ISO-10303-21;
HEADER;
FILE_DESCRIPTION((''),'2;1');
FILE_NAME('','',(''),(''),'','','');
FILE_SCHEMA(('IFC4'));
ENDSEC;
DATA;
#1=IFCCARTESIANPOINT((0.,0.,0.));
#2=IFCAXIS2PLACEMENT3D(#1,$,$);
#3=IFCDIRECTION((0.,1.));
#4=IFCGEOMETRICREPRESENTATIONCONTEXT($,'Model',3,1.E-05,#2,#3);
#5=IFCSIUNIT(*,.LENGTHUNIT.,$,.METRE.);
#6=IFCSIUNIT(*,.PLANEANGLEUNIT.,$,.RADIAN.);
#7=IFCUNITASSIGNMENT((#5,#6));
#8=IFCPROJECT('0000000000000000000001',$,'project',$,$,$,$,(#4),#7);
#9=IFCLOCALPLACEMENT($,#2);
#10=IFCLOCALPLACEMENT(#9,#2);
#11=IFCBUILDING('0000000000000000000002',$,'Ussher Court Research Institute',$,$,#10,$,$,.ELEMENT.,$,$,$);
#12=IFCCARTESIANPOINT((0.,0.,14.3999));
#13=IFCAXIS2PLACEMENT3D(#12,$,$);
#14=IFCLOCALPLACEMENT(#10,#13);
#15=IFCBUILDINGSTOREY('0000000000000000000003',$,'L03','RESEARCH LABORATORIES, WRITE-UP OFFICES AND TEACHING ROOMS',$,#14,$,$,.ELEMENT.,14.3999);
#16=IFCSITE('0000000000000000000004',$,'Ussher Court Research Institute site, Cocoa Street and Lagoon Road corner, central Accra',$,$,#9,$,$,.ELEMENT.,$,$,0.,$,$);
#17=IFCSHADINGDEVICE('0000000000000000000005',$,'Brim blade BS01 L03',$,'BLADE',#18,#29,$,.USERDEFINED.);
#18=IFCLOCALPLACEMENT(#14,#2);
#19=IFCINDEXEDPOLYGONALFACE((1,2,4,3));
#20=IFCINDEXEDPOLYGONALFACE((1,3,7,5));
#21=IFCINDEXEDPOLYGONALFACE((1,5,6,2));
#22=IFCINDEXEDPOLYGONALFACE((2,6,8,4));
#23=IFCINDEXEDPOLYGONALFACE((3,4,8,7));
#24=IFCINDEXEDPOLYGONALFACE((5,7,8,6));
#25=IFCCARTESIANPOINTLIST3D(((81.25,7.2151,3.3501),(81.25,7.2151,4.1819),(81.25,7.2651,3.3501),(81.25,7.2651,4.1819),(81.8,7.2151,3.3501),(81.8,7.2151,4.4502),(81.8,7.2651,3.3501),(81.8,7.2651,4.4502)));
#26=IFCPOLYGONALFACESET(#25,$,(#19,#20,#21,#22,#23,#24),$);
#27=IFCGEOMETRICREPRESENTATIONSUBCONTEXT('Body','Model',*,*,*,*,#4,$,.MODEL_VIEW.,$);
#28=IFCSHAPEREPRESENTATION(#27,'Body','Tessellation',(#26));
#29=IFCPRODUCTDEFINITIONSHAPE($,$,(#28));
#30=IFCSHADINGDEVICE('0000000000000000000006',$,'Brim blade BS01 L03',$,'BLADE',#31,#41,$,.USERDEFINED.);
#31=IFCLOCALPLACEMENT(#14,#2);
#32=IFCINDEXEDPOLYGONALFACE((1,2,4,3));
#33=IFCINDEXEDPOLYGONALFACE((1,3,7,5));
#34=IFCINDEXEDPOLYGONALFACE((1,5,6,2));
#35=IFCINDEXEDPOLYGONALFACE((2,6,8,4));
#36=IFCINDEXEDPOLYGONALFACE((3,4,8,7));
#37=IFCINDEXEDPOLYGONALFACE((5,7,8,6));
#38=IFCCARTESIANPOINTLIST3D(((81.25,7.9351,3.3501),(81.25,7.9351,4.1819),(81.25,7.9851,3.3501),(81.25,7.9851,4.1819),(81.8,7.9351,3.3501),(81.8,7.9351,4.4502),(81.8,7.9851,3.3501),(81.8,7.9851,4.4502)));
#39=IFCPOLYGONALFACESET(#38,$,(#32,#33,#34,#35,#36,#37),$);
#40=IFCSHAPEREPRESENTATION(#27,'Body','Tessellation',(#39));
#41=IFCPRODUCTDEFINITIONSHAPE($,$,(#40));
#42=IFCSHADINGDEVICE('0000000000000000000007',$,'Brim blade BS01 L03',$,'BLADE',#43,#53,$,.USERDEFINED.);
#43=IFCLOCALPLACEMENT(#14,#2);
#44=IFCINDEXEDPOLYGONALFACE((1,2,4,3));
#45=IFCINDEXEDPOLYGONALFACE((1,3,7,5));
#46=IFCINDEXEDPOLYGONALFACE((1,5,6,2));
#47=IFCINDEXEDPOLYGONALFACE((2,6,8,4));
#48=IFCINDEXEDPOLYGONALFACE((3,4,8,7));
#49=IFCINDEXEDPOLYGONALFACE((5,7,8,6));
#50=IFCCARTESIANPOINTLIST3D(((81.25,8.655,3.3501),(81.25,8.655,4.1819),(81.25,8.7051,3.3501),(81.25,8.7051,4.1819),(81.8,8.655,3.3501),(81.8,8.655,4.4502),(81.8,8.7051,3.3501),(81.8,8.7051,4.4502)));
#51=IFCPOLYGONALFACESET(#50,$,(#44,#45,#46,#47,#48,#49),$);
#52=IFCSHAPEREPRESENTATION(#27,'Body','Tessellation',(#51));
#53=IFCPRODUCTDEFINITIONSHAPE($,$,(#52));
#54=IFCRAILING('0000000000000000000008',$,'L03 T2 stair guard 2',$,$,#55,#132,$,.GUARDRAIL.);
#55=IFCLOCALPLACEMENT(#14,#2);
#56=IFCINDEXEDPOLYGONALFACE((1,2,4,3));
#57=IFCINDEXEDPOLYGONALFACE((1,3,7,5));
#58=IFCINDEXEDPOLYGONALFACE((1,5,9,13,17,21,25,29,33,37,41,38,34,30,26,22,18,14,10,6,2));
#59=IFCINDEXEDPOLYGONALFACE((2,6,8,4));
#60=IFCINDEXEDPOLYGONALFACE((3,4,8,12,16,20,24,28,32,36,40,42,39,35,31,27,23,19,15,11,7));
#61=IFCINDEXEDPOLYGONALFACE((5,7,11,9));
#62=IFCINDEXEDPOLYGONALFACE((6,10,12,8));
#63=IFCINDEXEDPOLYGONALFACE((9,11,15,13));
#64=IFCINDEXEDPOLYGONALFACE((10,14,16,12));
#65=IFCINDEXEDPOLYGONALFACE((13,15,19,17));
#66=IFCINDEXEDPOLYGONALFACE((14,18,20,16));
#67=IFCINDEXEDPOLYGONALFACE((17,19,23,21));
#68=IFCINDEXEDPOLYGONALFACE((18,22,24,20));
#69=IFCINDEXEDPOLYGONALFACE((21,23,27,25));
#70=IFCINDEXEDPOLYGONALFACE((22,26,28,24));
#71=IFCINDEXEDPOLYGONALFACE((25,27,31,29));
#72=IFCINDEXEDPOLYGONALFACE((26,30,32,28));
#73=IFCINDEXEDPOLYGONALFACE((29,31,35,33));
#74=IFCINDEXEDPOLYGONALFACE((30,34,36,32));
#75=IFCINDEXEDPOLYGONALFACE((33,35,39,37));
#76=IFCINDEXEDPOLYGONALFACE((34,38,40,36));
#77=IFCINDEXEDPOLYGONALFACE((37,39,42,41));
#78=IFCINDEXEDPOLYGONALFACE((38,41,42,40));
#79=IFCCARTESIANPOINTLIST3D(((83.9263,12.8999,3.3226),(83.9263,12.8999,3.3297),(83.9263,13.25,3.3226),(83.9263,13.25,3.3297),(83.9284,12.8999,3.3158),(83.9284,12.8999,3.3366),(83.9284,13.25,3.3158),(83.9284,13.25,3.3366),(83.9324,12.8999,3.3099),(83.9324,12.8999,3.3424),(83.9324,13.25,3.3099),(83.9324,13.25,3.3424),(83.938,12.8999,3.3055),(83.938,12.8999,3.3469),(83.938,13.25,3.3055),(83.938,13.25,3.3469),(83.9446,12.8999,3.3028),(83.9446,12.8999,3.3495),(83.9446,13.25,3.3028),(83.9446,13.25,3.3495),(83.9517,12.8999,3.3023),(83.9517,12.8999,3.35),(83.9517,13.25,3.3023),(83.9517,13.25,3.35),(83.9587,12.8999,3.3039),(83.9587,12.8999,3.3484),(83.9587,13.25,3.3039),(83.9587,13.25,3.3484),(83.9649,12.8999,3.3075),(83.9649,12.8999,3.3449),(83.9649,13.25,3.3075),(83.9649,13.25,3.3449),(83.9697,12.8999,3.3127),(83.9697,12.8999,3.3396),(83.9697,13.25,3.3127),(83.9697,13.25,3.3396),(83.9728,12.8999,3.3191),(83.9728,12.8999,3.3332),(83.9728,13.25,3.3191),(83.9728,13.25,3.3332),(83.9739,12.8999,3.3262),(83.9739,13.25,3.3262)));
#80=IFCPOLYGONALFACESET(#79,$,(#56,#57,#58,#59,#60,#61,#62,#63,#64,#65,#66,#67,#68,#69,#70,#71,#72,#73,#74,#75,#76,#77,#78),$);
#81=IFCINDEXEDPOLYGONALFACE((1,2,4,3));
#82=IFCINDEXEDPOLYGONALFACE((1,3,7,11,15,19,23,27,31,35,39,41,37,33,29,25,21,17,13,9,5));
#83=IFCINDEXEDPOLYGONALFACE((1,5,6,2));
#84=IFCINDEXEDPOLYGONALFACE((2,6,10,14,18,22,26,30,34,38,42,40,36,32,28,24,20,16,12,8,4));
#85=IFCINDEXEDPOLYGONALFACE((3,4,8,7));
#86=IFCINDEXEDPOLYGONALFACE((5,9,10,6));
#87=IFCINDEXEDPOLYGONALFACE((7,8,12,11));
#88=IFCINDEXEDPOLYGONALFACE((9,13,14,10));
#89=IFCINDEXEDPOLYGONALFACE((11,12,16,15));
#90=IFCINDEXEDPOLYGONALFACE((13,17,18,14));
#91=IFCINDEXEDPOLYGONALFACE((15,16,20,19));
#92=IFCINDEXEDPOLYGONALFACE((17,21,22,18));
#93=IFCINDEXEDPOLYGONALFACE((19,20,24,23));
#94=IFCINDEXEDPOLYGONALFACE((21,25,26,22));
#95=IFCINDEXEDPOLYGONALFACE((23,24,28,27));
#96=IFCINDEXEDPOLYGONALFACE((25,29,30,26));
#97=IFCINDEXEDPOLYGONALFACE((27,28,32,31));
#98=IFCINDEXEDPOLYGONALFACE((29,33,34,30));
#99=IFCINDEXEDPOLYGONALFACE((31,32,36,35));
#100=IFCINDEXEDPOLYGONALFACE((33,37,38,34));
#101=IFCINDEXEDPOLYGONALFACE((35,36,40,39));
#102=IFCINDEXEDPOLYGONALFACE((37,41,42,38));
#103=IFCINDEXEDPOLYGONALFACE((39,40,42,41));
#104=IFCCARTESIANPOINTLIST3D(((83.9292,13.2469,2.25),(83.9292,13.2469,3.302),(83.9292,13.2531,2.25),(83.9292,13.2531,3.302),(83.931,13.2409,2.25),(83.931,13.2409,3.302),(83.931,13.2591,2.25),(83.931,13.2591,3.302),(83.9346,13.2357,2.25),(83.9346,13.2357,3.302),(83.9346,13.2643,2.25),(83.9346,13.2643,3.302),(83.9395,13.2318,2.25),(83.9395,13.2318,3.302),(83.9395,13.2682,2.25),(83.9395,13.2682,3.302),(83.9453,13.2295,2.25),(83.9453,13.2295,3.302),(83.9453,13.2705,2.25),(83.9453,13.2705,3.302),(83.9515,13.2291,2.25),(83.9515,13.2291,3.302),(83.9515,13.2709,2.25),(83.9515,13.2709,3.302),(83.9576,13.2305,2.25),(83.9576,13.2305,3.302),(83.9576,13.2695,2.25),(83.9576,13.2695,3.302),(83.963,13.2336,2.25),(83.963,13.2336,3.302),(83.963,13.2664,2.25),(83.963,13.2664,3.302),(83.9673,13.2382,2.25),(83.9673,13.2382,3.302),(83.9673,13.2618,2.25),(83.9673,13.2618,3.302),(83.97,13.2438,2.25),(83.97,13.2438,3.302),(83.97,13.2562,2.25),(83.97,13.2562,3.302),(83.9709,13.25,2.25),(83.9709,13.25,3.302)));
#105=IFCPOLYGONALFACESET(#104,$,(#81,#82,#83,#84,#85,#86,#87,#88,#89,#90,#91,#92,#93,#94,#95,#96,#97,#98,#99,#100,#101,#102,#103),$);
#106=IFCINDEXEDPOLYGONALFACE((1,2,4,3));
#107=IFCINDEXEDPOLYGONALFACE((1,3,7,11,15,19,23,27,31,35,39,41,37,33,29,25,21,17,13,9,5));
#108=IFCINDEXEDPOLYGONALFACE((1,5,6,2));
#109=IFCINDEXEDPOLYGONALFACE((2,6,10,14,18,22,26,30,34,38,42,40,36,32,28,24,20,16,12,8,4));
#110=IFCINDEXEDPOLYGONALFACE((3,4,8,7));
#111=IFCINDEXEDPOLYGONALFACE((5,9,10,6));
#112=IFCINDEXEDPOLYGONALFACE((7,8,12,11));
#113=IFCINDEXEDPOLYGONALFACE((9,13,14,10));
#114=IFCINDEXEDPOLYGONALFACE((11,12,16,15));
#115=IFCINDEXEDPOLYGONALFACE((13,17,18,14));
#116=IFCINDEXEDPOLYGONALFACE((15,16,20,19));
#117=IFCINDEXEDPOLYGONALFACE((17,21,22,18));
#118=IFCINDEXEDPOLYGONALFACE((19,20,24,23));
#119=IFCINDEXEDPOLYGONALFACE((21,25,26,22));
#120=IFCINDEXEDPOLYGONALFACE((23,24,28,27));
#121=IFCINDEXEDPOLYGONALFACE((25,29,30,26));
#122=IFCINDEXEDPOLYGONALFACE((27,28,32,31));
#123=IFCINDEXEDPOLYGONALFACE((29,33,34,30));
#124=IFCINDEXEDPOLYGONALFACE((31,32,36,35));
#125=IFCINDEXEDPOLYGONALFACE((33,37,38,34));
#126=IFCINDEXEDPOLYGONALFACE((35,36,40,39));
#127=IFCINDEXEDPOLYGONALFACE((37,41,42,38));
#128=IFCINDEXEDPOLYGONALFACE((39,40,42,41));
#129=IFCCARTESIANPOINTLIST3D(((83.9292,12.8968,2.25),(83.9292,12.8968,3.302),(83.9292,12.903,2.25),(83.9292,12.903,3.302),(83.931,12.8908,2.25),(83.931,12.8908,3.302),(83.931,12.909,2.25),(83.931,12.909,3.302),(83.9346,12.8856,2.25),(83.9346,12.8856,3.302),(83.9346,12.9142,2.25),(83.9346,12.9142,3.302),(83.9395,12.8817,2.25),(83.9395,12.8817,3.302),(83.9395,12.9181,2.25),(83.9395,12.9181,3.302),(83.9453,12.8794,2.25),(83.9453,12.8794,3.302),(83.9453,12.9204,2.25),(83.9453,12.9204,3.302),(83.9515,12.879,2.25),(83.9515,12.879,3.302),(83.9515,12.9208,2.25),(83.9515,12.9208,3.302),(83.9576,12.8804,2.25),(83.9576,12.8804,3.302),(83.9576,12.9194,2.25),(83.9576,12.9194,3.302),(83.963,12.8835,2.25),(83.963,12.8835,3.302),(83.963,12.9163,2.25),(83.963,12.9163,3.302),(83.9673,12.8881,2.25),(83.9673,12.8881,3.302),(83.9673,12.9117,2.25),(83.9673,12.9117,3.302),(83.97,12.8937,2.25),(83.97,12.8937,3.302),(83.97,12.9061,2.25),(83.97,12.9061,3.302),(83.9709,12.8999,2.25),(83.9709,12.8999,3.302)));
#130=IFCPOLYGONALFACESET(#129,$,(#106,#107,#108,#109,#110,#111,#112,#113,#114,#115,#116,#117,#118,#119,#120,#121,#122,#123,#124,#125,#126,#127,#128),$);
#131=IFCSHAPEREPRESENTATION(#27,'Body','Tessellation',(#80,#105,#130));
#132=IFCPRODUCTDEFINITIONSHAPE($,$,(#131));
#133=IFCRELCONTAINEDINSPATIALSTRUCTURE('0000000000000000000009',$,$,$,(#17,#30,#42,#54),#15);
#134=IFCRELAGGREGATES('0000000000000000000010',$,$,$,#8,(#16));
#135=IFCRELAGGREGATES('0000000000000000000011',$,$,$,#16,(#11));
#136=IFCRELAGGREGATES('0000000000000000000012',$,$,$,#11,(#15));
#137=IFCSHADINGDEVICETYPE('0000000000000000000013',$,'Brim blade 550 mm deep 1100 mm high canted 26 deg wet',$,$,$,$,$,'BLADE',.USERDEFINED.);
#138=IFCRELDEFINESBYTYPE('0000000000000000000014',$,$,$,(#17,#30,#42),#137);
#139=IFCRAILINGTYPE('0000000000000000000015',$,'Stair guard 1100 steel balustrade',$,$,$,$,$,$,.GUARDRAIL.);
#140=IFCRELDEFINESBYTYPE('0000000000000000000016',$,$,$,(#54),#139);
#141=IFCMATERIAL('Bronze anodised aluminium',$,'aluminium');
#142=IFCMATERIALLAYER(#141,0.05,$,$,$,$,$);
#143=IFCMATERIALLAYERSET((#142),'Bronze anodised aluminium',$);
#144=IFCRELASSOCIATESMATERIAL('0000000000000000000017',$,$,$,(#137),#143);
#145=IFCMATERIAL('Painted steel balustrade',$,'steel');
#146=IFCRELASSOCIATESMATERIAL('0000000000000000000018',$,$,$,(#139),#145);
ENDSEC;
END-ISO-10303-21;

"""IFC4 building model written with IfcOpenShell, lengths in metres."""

from ifc_helpers import new_model, si_unit, direction, frame, origin, origin_2d, place, context, subcontext, project, spatial, polyline, circle, outline, extrude, material, layer, layer_set, type_object, element, save


model = new_model("IFC4")

# Units and contexts
model_context = context("Model", 3, precision=1e-05, world=origin(), true_north=direction((0.0, 1.0)))
body_context = subcontext(model_context, "Body", "Model", "MODEL_VIEW")
ifc_project = project(units=[si_unit("LENGTHUNIT", "METRE"), si_unit("PLANEANGLEUNIT", "RADIAN")], contexts=[model_context])

# Site, building, storey
site_placement = place(None, origin())
site = spatial("IfcSite", under=ifc_project, at=site_placement, Name="Ussher Court Research Institute site, Cocoa Street and Lagoon Road corner, central Accra", CompositionType="ELEMENT", RefElevation=0.0)
building_placement = place(site_placement, origin())
building = spatial("IfcBuilding", under=site, at=building_placement, Name="Ussher Court Research Institute", CompositionType="ELEMENT")
storey_placement = place(building_placement, frame((0.0, 0.0, 14.3999)))
storey = spatial("IfcBuildingStorey", under=building, at=storey_placement, Name="L03", Description="RESEARCH LABORATORIES, WRITE-UP OFFICES AND TEACHING ROOMS", CompositionType="ELEMENT", Elevation=14.3999)

# Shading devices
ifc_material_1 = material(Name="Bronze anodised aluminium", Category="aluminium")
ifc_layer_1 = layer(ifc_material_1, 0.05)
ifc_layer_set_1 = layer_set([ifc_layer_1], Name="Bronze anodised aluminium")
shading_device_type_1 = type_object("IfcShadingDeviceType", Name="Brim blade 550 mm deep 1100 mm high canted 26 deg wet", ElementType="BLADE", PredefinedType="USERDEFINED", material=ifc_layer_set_1)
for number, where, z_axis, x_axis, name in (
    (1, (81.8, 7.24, 3.3501), (0.0, 0.0, 1.0), (-1.0, 0.0, 0.0), "Brim blade BS01 L03"),
    (2, (81.8, 7.96, 3.3501), (0.0, 0.0, 1.0), (-1.0, 0.0, 0.0), "Brim blade BS01 L03"),
    (3, (81.8, 8.6799, 3.3501), (0.0, 0.0, 1.0), (-1.0, 0.0, 0.0), "Brim blade BS01 L03"),
):
    element("IfcShadingDevice", number, at=place(storey_placement, frame(where, z_axis=z_axis, x_axis=x_axis)), inside=storey, type_object=shading_device_type_1, Name=name, ObjectType="BLADE", PredefinedType="USERDEFINED", context=body_context, shape_type="SweptSolid", body=[
        extrude(outline(polyline([(0.0, 0.0), (0.55, 0.0), (0.55, 0.8318), (0.0, 1.1001), (0.0, 0.0)])), frame((0.0, 0.0249, 0.0), z_axis=(0.0, -1.0, 0.0), x_axis=(1.0, 0.0, 0.0)), (0.0, 0.0, 1.0), 0.05),
    ])

# Railing
ifc_material_2 = material(Name="Painted steel balustrade", Category="steel")
railing_type_1 = type_object("IfcRailingType", Name="Stair guard 1100 steel balustrade", PredefinedType="GUARDRAIL", material=ifc_material_2)
railing_1_placement = place(storey_placement, frame((83.95, 13.25, 2.25)))
element("IfcRailing", 4, at=railing_1_placement, inside=storey, type_object=railing_type_1, Name="L03 T2 stair guard 2", PredefinedType="GUARDRAIL", context=body_context, shape_type="SweptSolid", body=[
    extrude(circle(Radius=0.0239, at=origin_2d()), frame((0.0, 0.0, 1.0762), z_axis=(0.0, -1.0, 0.0), x_axis=(1.0, 0.0, 0.0)), (0.0, 0.0, 1.0), 0.3501),
    extrude(circle(Radius=0.021, at=origin_2d()), origin(), (0.0, 0.0, 1.0), 1.052),
    extrude(circle(Radius=0.021, at=origin_2d()), frame((0.0, -0.3501, 0.0)), (0.0, 0.0, 1.0), 1.052),
])

save(model, "model.ifc")
